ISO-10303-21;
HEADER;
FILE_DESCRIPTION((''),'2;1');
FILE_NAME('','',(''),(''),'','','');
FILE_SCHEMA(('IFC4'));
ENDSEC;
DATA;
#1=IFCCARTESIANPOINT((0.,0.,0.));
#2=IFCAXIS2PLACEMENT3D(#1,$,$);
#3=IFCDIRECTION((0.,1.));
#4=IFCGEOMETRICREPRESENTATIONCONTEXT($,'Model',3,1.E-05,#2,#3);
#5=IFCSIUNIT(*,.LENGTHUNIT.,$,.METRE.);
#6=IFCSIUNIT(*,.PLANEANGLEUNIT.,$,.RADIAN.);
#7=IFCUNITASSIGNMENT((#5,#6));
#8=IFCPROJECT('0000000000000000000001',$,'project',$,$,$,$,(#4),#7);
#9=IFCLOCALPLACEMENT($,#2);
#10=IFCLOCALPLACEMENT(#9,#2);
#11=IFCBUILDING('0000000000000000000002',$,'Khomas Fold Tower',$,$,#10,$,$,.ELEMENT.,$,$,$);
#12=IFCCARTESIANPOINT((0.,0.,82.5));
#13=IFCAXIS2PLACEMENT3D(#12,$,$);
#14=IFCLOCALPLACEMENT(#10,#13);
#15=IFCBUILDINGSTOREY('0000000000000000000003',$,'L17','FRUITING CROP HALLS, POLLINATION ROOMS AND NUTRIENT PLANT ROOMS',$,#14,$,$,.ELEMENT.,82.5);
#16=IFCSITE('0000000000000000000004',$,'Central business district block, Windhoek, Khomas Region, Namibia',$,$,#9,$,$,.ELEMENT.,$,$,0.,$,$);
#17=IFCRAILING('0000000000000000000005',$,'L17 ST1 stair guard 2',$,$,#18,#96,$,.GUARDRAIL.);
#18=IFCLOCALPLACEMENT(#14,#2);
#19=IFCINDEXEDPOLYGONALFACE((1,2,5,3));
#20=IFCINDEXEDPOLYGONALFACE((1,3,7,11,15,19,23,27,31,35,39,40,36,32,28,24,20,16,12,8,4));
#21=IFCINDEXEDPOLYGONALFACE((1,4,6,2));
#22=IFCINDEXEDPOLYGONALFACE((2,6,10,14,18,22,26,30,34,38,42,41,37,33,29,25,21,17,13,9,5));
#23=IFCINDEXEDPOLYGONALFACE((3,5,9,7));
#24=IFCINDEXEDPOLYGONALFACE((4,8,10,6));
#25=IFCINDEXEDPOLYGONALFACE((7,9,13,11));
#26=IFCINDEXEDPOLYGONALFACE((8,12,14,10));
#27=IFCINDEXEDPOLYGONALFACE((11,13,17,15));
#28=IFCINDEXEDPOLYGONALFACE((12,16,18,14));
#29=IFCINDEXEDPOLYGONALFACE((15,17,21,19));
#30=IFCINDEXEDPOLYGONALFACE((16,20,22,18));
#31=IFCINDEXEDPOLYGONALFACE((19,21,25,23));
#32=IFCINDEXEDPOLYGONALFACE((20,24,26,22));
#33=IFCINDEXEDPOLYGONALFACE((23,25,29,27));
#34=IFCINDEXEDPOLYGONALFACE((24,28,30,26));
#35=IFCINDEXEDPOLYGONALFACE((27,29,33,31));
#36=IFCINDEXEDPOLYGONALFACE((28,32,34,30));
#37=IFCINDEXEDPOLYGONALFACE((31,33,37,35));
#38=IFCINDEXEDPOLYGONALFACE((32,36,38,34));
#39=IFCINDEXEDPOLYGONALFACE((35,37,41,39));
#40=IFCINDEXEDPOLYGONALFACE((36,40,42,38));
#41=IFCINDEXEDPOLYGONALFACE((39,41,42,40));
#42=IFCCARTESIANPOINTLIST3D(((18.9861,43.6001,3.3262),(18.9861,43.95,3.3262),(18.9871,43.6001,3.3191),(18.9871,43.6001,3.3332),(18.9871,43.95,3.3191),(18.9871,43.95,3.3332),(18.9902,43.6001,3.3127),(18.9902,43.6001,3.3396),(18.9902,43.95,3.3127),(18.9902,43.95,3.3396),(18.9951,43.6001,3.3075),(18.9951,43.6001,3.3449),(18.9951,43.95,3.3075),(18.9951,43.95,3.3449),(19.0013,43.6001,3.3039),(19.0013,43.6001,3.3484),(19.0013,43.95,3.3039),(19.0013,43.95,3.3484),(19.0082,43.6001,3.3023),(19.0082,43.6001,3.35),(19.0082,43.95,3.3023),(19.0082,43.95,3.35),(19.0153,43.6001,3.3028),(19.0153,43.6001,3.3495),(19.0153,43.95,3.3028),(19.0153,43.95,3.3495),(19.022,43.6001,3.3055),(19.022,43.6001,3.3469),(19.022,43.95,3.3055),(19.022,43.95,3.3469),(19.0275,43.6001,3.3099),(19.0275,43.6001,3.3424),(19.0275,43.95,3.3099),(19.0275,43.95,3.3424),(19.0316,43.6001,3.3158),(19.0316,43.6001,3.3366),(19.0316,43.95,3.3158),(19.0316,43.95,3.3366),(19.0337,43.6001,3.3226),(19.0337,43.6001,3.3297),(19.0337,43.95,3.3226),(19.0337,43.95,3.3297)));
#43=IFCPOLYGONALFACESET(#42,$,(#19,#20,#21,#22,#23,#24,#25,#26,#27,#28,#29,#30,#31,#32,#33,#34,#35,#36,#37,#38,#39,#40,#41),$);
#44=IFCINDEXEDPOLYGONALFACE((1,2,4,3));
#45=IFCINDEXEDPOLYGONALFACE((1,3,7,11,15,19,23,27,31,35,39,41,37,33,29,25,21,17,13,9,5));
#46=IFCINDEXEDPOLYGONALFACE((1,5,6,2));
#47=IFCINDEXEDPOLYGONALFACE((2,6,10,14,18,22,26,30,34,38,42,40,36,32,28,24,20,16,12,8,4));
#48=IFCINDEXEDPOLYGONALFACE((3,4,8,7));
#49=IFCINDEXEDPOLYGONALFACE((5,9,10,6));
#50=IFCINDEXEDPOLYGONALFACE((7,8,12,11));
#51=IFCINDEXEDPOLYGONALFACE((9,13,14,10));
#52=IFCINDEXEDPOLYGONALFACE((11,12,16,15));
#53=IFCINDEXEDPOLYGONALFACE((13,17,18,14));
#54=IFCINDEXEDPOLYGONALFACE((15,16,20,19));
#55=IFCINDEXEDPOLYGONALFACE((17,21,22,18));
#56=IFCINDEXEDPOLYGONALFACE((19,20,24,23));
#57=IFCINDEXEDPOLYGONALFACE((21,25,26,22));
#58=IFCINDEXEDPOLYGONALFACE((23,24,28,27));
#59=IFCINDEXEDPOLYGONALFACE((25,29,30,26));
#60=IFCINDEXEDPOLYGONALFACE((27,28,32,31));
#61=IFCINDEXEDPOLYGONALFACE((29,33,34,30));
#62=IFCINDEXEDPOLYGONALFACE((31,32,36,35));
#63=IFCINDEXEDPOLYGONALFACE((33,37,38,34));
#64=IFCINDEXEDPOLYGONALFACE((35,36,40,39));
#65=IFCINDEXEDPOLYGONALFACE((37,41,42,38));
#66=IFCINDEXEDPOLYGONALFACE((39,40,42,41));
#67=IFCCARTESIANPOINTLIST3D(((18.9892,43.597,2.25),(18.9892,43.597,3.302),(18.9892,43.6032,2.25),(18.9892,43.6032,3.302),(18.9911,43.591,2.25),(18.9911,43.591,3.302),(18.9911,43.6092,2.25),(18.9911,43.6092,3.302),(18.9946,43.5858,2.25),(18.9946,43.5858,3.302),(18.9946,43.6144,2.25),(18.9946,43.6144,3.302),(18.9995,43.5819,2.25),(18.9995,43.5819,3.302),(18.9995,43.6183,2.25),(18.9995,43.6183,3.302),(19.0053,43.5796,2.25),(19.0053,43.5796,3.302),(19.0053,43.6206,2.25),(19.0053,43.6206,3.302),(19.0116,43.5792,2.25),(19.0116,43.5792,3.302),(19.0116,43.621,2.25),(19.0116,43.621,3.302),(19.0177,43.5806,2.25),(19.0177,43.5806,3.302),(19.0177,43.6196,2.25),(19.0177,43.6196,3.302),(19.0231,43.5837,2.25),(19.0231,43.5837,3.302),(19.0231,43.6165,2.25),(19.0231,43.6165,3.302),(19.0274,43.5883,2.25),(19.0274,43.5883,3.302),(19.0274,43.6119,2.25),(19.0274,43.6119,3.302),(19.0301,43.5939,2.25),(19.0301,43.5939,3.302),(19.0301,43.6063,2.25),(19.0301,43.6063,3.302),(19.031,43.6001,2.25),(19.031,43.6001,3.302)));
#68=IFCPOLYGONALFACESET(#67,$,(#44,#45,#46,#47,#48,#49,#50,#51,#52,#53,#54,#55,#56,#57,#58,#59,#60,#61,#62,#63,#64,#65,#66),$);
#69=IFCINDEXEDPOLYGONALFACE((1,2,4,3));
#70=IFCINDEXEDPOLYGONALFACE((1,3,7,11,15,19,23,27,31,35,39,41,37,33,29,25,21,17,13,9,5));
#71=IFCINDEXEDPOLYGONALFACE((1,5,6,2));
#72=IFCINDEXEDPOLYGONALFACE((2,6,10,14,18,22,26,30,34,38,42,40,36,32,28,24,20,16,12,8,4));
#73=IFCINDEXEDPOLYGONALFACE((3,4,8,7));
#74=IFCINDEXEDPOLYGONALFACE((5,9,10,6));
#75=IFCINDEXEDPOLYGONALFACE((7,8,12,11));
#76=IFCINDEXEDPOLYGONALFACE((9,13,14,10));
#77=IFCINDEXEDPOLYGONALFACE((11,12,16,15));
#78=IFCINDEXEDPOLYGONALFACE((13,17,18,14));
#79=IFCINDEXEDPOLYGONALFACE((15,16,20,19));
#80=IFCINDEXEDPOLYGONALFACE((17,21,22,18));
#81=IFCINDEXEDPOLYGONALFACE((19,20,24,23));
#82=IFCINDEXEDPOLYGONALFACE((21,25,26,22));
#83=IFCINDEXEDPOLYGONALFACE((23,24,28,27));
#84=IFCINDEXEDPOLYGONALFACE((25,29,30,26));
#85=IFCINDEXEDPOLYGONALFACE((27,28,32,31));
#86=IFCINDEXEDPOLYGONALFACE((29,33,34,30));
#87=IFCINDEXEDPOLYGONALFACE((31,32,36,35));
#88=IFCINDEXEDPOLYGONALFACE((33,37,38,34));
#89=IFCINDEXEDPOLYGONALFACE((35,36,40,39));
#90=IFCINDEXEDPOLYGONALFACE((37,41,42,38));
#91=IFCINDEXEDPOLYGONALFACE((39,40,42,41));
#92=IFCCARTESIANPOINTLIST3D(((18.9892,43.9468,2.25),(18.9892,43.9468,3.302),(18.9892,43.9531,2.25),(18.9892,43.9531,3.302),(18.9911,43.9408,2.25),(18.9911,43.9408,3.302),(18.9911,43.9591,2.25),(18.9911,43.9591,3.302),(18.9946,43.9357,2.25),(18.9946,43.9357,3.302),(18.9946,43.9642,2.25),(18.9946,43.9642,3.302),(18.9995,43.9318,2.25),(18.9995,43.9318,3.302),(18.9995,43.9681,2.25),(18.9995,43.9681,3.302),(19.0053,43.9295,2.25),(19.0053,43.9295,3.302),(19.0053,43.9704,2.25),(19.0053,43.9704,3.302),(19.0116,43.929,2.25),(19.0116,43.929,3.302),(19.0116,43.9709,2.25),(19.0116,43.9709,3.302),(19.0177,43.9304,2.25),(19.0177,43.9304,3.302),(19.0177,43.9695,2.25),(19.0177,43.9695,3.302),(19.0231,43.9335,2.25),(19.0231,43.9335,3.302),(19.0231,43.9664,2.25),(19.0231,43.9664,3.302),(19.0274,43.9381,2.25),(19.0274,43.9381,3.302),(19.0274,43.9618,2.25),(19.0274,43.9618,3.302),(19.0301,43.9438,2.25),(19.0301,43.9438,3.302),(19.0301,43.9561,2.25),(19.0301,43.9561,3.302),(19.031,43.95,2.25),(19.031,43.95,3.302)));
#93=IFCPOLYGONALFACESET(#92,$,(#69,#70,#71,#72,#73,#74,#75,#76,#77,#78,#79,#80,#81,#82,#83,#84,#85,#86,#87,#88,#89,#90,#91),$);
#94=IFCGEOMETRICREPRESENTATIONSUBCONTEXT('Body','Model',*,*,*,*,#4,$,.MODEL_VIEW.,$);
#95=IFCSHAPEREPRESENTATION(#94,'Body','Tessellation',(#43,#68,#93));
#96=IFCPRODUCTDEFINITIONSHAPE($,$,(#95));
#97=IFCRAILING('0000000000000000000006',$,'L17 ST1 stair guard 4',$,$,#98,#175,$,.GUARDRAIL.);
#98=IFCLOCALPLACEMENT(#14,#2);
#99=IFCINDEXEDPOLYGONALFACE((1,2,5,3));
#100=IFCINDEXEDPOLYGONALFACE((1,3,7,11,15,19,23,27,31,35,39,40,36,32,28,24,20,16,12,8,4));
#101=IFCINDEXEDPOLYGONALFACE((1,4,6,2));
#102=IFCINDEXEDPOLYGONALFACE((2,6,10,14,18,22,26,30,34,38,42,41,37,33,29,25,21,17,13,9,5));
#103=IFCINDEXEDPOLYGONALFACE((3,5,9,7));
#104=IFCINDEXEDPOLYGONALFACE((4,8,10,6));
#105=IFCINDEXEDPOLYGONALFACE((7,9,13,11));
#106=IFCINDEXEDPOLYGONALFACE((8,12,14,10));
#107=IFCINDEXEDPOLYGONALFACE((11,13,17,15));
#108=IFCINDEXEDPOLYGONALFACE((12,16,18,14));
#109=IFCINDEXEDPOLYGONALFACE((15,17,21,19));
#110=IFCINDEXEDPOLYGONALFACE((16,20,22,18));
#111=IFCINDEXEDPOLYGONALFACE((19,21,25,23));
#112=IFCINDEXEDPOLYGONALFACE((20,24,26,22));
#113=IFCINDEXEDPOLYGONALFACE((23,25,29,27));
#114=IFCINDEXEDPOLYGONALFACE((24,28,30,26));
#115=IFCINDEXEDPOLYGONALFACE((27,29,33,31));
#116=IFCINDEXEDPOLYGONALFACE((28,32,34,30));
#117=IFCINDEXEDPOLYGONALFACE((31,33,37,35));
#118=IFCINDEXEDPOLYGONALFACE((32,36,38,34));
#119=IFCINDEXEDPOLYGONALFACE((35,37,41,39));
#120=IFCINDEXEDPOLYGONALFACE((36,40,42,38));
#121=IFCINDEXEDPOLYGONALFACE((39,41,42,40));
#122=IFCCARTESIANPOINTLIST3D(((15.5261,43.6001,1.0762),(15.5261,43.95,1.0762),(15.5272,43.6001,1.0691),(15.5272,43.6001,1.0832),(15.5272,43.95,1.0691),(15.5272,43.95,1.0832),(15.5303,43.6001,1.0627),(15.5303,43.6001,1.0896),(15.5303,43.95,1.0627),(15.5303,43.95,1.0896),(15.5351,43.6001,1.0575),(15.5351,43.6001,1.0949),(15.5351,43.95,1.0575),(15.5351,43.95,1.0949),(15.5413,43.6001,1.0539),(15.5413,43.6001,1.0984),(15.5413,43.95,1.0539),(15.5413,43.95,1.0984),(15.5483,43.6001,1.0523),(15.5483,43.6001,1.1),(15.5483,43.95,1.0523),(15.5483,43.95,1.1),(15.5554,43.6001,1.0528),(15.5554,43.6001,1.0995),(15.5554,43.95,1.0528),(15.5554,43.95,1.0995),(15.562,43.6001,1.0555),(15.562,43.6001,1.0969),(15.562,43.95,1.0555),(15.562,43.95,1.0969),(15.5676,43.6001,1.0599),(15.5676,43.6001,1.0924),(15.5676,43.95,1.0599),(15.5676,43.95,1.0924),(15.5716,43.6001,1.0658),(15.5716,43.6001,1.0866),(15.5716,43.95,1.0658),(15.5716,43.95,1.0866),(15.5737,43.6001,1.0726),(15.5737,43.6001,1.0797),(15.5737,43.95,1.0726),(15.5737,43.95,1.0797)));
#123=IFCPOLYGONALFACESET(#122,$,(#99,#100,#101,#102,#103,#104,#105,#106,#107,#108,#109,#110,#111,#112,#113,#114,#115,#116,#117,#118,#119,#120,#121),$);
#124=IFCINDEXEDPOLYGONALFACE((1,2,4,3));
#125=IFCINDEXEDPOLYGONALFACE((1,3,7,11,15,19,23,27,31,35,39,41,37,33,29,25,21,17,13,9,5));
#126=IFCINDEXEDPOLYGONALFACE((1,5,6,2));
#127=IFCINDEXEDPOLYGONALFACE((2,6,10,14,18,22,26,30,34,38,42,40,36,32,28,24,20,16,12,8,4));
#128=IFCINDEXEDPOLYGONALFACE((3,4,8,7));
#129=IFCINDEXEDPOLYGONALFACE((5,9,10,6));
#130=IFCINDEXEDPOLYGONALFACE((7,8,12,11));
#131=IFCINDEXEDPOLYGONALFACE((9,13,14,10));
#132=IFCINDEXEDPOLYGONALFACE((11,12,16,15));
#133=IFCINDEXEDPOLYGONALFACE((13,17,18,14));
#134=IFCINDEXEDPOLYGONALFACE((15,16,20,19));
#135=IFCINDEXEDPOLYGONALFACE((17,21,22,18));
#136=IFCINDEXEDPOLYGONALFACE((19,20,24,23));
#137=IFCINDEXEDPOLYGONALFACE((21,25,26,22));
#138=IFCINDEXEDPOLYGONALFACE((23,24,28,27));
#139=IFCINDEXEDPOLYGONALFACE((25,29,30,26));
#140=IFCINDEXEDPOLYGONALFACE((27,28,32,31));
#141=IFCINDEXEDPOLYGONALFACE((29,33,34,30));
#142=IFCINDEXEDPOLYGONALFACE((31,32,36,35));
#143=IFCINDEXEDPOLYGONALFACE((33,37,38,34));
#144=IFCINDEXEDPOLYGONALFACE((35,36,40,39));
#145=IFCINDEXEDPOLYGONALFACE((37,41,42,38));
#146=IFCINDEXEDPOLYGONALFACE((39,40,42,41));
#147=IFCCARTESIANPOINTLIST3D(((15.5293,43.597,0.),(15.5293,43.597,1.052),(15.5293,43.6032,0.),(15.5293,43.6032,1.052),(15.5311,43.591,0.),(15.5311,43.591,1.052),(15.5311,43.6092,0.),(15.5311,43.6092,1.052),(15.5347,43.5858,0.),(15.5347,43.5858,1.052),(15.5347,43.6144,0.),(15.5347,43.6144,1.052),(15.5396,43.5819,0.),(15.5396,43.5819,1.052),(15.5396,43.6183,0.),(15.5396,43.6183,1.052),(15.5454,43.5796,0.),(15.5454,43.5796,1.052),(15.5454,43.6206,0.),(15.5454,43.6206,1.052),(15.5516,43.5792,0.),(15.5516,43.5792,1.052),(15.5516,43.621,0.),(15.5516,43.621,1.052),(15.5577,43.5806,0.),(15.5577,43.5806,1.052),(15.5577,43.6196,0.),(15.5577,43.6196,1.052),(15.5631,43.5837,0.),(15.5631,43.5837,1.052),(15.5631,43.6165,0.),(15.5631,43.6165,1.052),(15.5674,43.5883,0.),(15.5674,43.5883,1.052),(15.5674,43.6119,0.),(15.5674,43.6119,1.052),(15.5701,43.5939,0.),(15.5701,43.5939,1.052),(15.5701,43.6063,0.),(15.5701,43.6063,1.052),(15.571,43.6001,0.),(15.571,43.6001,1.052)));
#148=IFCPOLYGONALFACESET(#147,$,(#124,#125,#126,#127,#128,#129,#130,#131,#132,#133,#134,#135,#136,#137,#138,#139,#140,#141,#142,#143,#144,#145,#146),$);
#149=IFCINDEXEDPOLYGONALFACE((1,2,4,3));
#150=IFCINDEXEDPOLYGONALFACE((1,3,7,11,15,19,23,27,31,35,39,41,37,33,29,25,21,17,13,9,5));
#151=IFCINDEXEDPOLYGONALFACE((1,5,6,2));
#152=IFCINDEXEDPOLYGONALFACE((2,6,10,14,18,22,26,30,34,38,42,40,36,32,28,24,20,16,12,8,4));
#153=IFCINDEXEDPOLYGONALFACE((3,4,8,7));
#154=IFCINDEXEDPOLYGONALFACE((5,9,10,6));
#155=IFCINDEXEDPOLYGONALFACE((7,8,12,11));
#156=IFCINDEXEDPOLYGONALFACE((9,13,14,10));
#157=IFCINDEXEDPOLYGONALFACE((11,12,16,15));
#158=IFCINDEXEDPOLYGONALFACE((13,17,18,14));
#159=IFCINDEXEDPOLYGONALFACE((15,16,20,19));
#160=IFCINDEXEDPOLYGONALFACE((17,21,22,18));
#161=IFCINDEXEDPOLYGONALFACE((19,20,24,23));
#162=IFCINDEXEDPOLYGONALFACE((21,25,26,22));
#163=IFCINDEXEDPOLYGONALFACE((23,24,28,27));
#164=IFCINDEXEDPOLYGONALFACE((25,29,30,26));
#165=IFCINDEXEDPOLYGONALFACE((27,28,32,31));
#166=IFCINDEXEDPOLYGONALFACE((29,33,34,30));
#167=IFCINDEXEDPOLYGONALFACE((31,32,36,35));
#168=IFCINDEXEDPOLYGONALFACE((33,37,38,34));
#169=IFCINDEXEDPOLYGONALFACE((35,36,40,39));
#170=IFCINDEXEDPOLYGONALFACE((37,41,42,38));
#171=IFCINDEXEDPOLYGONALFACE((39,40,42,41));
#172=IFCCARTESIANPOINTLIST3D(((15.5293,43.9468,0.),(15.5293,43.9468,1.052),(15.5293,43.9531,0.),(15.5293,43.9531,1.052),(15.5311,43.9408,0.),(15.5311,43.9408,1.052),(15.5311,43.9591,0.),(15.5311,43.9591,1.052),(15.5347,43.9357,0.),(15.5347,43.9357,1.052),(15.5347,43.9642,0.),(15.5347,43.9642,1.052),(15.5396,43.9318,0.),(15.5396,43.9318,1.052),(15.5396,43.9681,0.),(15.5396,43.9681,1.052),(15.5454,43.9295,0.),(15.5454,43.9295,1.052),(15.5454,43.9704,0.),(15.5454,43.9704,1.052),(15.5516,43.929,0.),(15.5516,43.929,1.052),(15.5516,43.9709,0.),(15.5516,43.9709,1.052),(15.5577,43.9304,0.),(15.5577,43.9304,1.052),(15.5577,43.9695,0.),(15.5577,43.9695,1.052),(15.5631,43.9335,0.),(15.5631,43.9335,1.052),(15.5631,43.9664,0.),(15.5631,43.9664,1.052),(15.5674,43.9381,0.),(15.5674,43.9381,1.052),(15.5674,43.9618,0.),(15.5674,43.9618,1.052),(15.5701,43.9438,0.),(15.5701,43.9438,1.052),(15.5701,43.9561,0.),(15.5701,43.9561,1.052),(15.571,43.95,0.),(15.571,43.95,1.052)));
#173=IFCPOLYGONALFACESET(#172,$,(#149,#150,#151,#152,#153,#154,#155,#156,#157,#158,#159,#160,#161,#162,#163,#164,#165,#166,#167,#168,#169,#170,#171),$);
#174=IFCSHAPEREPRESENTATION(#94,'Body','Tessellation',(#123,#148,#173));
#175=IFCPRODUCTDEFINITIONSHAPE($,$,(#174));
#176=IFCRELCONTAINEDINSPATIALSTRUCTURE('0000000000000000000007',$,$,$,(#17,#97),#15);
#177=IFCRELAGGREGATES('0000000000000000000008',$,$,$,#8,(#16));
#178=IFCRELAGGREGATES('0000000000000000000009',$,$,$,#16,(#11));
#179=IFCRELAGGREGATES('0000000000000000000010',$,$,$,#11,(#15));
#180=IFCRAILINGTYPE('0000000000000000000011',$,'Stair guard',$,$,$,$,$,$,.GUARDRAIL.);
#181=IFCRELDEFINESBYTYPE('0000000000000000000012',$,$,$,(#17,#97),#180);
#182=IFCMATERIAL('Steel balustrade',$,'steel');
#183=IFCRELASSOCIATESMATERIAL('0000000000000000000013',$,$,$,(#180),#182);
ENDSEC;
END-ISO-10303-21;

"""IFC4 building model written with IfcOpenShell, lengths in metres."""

from ifc_helpers import new_model, si_unit, direction, frame, origin, origin_2d, place, context, subcontext, project, spatial, circle, extrude, source, transform, mapped, material, type_object, element, save


model = new_model("IFC4")

# Units and contexts
model_context = context("Model", 3, precision=1e-05, world=origin(), true_north=direction((0.0, 1.0)))
body_context = subcontext(model_context, "Body", "Model", "MODEL_VIEW")
ifc_project = project(units=[si_unit("LENGTHUNIT", "METRE"), si_unit("PLANEANGLEUNIT", "RADIAN")], contexts=[model_context])

# Site, building, storey
site_placement = place(None, origin())
site = spatial("IfcSite", under=ifc_project, at=site_placement, Name="Central business district block, Windhoek, Khomas Region, Namibia", CompositionType="ELEMENT", RefElevation=0.0)
building_placement = place(site_placement, origin())
building = spatial("IfcBuilding", under=site, at=building_placement, Name="Khomas Fold Tower", CompositionType="ELEMENT")
storey_placement = place(building_placement, frame((0.0, 0.0, 82.5)))
storey = spatial("IfcBuildingStorey", under=building, at=storey_placement, Name="L17", Description="FRUITING CROP HALLS, POLLINATION ROOMS AND NUTRIENT PLANT ROOMS", CompositionType="ELEMENT", Elevation=82.5)

# Railings
ifc_material_1 = material(Name="Steel balustrade", Category="steel")
railing_type_1 = type_object("IfcRailingType", Name="Stair guard", PredefinedType="GUARDRAIL", material=ifc_material_1)
shared_shape_1 = source(origin(), body_context, "Body", "SweptSolid", [
    extrude(circle(Radius=0.0239, at=origin_2d()), frame((0.0, 0.0, 1.0762), z_axis=(0.0, 1.0, 0.0), x_axis=(-1.0, 0.0, 0.0)), (0.0, 0.0, 1.0), 0.3499),
    extrude(circle(Radius=0.021, at=origin_2d()), origin(), (0.0, 0.0, 1.0), 1.052),
    extrude(circle(Radius=0.021, at=origin_2d()), frame((0.0, 0.3499, 0.0)), (0.0, 0.0, 1.0), 1.052),
])
for number, where, name in (
    (1, (19.01, 43.6001, 2.25), "L17 ST1 stair guard 2"),
    (2, (15.55, 43.6001, 0.0), "L17 ST1 stair guard 4"),
):
    element("IfcRailing", number, at=place(storey_placement, frame(where)), inside=storey, type_object=railing_type_1, Name=name, PredefinedType="GUARDRAIL", context=body_context, shape_type="MappedRepresentation", body=[
        mapped(shared_shape_1, transform((0.0, 0.0, 0.0))),
    ])

save(model, "model.ifc")
